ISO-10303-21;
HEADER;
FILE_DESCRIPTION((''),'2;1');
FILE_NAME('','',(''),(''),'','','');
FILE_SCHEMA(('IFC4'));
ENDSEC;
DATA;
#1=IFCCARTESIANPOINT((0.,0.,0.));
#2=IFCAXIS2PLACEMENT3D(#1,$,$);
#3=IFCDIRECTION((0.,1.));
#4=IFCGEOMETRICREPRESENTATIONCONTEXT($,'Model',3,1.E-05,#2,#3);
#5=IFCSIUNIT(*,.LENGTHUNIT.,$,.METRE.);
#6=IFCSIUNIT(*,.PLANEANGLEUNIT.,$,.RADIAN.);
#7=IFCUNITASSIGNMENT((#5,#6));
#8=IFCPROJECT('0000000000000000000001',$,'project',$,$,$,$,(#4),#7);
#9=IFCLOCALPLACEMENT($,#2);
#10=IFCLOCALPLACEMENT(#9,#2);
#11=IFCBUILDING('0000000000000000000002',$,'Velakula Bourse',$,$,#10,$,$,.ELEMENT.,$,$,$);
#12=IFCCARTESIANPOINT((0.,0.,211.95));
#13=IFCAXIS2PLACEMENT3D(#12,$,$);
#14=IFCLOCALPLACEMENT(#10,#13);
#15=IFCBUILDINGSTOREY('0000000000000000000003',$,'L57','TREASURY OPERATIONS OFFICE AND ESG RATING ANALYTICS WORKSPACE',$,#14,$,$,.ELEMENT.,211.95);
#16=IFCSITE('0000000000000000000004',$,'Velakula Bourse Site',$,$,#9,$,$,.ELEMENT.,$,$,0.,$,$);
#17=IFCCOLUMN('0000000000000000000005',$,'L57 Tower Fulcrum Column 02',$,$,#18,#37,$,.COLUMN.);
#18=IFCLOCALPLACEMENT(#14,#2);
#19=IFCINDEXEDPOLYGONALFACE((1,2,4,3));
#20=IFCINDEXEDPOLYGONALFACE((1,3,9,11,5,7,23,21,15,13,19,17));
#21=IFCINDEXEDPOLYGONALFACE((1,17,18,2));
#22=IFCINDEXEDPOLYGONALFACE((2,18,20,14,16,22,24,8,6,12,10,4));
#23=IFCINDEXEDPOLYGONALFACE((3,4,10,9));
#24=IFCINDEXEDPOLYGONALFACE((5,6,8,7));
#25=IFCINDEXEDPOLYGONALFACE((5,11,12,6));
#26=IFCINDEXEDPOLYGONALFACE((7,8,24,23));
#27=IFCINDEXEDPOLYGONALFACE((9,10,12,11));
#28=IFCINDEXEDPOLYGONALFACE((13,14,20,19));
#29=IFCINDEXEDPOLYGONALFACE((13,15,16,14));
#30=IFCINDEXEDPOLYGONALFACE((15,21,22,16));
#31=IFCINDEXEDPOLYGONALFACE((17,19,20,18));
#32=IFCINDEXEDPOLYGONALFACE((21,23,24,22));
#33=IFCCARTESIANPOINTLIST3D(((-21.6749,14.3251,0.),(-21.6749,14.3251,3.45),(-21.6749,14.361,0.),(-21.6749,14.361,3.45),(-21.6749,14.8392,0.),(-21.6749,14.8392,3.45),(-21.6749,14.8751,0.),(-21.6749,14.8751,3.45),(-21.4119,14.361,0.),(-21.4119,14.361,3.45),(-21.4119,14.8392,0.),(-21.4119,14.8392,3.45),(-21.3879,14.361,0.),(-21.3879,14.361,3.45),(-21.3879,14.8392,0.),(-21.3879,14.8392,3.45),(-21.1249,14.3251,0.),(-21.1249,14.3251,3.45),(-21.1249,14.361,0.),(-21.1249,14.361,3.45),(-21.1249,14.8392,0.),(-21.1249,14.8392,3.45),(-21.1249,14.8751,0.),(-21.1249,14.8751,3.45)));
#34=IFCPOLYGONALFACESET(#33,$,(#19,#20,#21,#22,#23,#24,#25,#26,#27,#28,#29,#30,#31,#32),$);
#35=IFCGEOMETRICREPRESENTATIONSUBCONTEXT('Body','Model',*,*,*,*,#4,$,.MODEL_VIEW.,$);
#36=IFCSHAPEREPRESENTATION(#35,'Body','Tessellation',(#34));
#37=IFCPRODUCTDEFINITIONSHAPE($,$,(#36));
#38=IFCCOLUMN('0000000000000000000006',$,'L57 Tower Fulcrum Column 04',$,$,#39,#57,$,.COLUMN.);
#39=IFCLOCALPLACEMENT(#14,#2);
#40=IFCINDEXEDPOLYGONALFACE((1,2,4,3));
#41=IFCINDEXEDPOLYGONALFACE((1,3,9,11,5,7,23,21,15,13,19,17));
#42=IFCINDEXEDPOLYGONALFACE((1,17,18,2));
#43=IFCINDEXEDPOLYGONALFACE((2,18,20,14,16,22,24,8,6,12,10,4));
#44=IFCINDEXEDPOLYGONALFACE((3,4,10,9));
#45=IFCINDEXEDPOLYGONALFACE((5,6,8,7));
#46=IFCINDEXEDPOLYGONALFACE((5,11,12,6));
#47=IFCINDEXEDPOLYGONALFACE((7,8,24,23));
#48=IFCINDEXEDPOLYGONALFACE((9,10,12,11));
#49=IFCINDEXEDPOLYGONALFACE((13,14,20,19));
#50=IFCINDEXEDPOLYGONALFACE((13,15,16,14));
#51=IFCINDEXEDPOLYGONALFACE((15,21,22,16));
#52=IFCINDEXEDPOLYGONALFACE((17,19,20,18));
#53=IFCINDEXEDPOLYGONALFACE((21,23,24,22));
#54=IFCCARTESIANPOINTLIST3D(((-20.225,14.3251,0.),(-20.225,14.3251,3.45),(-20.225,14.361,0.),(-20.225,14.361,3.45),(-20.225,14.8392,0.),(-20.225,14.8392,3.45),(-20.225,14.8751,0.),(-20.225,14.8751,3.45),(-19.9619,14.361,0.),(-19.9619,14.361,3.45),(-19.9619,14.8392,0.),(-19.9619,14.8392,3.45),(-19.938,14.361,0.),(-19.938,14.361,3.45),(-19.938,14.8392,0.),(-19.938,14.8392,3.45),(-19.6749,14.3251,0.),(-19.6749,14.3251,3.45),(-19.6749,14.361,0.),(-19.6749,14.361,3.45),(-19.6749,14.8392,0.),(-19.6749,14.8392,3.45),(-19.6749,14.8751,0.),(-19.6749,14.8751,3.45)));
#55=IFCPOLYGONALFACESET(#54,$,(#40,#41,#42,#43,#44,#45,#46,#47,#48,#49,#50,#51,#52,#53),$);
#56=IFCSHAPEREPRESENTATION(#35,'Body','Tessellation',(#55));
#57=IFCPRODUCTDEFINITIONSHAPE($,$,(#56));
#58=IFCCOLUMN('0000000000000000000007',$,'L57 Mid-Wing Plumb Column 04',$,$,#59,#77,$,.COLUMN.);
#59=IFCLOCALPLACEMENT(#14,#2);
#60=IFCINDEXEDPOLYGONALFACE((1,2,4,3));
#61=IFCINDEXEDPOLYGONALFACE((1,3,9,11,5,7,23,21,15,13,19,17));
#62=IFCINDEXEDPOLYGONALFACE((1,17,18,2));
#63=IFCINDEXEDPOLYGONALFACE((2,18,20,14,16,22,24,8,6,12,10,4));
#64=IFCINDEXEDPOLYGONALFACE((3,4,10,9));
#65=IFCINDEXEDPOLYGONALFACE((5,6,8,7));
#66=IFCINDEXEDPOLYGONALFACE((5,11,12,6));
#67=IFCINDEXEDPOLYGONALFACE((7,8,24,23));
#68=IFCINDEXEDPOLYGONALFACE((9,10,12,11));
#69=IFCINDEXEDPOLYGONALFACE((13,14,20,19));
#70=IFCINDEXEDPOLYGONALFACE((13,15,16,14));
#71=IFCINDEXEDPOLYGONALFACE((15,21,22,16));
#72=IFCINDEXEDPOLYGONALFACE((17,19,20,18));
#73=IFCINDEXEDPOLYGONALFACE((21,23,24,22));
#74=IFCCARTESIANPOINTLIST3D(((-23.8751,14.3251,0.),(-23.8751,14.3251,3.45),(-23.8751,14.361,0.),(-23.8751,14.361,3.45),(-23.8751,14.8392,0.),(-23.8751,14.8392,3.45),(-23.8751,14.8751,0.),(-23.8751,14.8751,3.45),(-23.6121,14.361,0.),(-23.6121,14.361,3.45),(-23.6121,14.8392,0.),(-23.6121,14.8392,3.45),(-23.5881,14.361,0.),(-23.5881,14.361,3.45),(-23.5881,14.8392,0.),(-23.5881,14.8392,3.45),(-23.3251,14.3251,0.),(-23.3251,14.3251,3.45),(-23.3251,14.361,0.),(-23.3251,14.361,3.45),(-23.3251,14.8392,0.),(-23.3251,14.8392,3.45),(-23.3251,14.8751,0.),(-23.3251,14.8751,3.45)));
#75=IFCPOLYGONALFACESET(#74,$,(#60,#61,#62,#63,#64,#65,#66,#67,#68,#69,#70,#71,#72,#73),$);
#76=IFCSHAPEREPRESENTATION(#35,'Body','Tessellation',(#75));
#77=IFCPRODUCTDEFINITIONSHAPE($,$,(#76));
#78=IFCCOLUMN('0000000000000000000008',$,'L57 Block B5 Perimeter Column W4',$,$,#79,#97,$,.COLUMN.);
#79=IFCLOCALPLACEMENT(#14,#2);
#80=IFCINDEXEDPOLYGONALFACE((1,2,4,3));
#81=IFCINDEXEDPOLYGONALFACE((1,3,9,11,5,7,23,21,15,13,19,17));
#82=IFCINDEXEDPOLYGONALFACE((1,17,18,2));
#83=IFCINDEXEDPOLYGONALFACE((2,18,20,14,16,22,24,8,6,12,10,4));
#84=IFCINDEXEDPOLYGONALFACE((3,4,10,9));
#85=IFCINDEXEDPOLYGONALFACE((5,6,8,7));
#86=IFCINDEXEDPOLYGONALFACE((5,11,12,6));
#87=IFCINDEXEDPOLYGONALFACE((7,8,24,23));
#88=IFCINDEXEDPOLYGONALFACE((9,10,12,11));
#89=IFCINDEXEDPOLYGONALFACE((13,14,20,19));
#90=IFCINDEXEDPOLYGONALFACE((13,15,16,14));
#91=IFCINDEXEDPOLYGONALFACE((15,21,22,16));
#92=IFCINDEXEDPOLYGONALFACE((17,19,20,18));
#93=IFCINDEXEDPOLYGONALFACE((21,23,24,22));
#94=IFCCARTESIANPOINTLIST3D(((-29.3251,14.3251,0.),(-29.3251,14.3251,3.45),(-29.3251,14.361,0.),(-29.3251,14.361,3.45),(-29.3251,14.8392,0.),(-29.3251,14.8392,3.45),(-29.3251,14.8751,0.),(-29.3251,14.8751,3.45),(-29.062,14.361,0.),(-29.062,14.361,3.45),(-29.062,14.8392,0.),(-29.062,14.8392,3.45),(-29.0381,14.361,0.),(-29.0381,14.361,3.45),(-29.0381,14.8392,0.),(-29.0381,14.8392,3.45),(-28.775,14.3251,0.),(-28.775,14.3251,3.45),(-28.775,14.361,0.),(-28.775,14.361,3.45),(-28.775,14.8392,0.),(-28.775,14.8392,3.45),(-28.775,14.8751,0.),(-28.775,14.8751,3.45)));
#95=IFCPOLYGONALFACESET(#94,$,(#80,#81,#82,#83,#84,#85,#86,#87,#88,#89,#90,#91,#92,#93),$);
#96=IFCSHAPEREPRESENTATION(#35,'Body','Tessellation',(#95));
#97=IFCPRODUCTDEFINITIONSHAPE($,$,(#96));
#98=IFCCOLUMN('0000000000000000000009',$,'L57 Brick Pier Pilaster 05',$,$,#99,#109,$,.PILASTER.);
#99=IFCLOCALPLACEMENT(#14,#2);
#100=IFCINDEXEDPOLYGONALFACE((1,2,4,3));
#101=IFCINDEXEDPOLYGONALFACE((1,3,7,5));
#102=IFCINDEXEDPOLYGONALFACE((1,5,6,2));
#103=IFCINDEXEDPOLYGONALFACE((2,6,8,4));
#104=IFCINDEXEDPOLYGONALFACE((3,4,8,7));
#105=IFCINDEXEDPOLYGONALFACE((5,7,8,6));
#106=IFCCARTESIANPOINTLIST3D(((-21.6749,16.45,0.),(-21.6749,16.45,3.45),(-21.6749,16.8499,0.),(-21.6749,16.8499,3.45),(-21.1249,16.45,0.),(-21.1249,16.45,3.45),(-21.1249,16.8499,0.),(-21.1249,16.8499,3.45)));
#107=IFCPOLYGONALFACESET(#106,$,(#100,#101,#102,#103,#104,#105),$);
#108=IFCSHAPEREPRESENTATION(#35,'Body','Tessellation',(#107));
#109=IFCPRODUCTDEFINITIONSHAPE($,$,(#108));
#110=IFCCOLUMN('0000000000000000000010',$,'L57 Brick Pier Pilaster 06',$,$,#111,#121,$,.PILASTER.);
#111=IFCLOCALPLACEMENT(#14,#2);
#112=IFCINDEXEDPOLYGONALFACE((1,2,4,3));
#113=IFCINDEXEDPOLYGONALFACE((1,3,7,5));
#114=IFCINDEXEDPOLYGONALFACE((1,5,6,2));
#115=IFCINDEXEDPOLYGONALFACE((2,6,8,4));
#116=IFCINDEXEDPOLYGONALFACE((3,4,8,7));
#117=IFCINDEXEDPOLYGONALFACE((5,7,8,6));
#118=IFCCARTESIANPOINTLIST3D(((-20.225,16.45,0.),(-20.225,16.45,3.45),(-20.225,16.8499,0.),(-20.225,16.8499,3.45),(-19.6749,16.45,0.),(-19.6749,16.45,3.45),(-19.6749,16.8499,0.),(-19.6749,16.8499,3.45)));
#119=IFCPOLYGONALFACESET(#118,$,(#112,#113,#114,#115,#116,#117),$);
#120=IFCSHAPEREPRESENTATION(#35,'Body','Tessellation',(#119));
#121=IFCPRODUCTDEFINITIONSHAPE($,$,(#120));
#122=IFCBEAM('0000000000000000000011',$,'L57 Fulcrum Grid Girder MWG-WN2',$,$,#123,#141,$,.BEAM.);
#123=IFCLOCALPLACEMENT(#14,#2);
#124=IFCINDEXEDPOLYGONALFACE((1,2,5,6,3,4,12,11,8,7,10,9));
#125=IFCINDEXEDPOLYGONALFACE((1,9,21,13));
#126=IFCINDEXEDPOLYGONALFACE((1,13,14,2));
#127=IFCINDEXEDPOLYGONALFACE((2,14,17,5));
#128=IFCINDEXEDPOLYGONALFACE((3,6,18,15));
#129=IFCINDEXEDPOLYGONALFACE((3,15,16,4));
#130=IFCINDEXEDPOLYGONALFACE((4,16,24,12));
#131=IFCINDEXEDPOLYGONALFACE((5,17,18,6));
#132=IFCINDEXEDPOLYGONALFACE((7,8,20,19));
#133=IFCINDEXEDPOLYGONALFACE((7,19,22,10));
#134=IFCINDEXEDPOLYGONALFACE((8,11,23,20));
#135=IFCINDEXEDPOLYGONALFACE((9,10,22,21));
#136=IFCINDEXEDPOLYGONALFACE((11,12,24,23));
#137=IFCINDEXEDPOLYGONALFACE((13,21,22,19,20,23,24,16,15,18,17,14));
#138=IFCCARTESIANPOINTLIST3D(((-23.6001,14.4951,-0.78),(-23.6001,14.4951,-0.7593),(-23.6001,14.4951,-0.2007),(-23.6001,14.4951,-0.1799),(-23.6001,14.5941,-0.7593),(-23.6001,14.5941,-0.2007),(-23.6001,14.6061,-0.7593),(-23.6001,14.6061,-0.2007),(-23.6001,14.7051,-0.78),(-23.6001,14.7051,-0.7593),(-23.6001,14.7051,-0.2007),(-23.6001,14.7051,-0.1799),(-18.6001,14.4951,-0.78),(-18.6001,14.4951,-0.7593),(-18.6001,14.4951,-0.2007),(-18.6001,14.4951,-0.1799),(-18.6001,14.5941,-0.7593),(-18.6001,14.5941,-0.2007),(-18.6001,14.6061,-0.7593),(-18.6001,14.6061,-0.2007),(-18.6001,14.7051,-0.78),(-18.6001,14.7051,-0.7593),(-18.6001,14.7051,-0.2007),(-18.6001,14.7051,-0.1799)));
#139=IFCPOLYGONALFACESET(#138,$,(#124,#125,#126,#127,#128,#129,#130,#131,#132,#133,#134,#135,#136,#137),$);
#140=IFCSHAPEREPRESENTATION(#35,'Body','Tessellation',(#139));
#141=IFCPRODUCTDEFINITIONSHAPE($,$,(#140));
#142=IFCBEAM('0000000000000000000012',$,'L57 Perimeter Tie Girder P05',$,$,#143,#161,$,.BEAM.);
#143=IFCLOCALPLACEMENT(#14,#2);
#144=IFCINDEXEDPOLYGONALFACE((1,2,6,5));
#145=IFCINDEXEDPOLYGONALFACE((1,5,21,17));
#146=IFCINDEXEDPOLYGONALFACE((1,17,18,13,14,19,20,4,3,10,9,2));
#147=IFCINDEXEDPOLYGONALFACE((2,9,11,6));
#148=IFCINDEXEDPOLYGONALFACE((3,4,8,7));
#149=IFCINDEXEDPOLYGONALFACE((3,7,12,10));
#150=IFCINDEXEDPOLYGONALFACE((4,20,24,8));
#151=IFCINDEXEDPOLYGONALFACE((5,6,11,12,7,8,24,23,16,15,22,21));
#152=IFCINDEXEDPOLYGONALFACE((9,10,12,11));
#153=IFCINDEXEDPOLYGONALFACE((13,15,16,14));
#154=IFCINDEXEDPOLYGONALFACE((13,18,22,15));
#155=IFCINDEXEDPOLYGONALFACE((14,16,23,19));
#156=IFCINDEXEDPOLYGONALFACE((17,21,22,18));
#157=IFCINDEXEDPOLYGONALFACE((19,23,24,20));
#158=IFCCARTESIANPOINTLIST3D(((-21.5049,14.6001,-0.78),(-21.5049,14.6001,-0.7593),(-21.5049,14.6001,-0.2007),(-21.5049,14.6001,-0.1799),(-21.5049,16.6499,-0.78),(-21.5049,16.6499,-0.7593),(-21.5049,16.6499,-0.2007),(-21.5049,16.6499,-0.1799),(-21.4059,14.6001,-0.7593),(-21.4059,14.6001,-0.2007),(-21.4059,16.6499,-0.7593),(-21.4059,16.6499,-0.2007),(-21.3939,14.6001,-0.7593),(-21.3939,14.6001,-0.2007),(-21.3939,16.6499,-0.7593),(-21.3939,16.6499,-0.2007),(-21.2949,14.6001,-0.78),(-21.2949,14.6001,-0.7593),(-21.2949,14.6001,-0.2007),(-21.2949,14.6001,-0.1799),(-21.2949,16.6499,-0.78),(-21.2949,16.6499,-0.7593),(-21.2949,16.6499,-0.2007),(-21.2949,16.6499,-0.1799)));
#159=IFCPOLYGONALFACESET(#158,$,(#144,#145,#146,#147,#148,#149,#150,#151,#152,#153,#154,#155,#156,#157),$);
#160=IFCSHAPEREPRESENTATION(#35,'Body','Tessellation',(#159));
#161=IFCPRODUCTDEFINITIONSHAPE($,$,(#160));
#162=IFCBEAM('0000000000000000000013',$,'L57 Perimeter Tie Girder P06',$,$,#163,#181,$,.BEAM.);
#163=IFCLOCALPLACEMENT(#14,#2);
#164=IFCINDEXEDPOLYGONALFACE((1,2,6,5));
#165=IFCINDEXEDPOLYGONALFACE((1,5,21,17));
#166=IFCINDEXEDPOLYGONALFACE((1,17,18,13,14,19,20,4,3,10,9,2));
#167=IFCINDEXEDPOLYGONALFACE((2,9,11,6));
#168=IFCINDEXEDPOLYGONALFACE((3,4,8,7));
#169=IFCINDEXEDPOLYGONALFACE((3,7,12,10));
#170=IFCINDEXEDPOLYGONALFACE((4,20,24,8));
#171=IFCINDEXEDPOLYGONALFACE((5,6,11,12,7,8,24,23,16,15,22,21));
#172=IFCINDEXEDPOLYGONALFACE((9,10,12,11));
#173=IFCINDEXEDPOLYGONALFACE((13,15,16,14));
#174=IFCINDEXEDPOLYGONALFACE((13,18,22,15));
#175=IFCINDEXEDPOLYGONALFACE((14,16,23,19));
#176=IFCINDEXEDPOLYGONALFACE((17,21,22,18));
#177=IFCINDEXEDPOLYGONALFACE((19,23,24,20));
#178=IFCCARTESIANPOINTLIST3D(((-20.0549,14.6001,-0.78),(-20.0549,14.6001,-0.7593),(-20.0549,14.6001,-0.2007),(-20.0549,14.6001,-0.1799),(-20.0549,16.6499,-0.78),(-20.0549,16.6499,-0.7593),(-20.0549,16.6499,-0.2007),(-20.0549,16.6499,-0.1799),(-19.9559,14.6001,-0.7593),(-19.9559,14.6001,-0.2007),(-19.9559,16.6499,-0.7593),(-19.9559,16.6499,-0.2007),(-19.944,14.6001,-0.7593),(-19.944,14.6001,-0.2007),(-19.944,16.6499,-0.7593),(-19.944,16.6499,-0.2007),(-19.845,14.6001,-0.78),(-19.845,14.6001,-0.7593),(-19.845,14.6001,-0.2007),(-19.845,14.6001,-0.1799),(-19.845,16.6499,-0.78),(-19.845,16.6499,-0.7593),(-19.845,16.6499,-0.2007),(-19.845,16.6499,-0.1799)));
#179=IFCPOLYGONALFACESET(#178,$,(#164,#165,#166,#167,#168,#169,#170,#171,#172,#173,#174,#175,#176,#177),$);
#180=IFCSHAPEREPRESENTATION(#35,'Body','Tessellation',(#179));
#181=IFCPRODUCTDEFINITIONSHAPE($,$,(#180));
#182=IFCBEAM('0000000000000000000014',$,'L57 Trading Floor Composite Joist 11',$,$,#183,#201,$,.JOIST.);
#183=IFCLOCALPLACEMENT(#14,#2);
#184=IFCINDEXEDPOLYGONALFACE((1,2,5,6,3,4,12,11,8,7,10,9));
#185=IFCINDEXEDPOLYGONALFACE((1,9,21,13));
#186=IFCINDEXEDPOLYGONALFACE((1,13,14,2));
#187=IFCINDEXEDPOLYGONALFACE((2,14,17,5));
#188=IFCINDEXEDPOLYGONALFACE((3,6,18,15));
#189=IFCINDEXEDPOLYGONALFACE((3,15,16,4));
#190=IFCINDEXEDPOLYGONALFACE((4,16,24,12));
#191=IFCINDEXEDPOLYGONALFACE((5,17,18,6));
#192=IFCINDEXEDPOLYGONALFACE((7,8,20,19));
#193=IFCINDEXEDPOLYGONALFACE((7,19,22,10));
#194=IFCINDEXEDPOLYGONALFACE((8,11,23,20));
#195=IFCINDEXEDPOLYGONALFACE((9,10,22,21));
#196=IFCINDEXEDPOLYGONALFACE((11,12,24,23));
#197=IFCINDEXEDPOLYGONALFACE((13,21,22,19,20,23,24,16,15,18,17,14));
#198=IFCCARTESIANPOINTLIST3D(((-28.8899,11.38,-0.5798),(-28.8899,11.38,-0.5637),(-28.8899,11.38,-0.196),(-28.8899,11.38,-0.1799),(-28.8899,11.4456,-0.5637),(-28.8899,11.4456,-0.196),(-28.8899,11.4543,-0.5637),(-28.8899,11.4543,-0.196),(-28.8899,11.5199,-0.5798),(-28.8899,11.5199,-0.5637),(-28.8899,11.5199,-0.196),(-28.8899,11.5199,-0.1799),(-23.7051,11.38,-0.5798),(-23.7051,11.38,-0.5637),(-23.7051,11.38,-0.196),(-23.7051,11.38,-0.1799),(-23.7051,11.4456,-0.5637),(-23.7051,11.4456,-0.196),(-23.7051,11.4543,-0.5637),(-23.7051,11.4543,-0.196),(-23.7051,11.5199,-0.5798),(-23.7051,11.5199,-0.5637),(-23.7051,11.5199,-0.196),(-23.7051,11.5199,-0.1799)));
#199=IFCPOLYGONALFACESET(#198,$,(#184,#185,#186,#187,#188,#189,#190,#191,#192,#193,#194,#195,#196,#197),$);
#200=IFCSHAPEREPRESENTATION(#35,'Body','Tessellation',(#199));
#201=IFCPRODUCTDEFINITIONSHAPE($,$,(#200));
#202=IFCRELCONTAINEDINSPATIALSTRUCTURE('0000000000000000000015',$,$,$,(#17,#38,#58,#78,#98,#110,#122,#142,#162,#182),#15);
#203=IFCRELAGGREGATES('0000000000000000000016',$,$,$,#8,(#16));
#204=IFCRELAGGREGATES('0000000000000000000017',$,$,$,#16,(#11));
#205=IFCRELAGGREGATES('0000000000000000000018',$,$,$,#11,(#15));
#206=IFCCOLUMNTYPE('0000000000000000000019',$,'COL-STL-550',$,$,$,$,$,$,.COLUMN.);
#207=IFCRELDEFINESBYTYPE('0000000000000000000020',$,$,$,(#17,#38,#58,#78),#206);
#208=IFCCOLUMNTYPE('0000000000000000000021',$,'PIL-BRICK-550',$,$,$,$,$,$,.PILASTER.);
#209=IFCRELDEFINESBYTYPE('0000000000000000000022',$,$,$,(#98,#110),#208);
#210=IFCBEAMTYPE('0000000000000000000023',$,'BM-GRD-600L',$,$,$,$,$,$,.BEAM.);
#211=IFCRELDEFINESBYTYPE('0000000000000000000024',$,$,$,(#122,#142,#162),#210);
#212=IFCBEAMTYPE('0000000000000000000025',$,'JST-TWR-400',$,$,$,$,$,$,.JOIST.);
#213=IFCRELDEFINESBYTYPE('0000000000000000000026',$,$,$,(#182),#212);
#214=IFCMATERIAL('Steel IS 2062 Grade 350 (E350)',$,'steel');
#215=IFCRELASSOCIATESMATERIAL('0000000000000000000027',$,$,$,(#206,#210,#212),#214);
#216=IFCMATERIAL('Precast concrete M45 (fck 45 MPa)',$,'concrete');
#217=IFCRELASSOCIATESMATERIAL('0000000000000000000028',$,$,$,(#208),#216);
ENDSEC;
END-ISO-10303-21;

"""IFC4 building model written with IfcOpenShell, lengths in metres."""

from ifc_helpers import new_model, si_unit, direction, frame, origin, origin_2d, place, context, subcontext, project, spatial, rectangle, i_section, extrude, material, material_profile, profile_set, type_object, element, save


model = new_model("IFC4")

# Units and contexts
model_context = context("Model", 3, precision=1e-05, world=origin(), true_north=direction((0.0, 1.0)))
body_context = subcontext(model_context, "Body", "Model", "MODEL_VIEW")
ifc_project = project(units=[si_unit("LENGTHUNIT", "METRE"), si_unit("PLANEANGLEUNIT", "RADIAN")], contexts=[model_context])

# Site, building, storey
site_placement = place(None, origin())
site = spatial("IfcSite", under=ifc_project, at=site_placement, Name="Velakula Bourse Site", CompositionType="ELEMENT", RefElevation=0.0)
building_placement = place(site_placement, origin())
building = spatial("IfcBuilding", under=site, at=building_placement, Name="Velakula Bourse", CompositionType="ELEMENT")
storey_placement = place(building_placement, frame((0.0, 0.0, 211.95)))
storey = spatial("IfcBuildingStorey", under=building, at=storey_placement, Name="L57", Description="TREASURY OPERATIONS OFFICE AND ESG RATING ANALYTICS WORKSPACE", CompositionType="ELEMENT", Elevation=211.95)

# Columns
ifc_material_1 = material(Name="Steel IS 2062 Grade 350 (E350)", Category="steel")
ifc_material_profile_1 = material_profile(ifc_material_1, i_section(OverallWidth=0.55, OverallDepth=0.55, WebThickness=0.0239, FlangeThickness=0.0359, at=origin_2d()), Name="Steel IS 2062 Grade 350 (E350)")
ifc_profile_set_1 = profile_set([ifc_material_profile_1], Name="Steel IS 2062 Grade 350 (E350)")
column_type_1 = type_object("IfcColumnType", Name="COL-STL-550", PredefinedType="COLUMN", material=ifc_profile_set_1)
for number, where, z_axis, x_axis, name in (
    (1, (-21.3999, 14.6001, 0.0), (0.0, 0.0, 1.0), (1.0, 0.0, 0.0), "L57 Tower Fulcrum Column 02"),
    (2, (-19.95, 14.6001, 0.0), (0.0, 0.0, 1.0), (1.0, 0.0, 0.0), "L57 Tower Fulcrum Column 04"),
    (3, (-23.6001, 14.6001, 0.0), (0.0, 0.0, 1.0), (1.0, 0.0, 0.0), "L57 Mid-Wing Plumb Column 04"),
    (4, (-29.05, 14.6001, 0.0), (0.0, 0.0, 1.0), (1.0, 0.0, 0.0), "L57 Block B5 Perimeter Column W4"),
):
    element("IfcColumn", number, at=place(storey_placement, frame(where, z_axis=z_axis, x_axis=x_axis)), inside=storey, type_object=column_type_1, Name=name, PredefinedType="COLUMN", context=body_context, shape_type="SweptSolid", body=[
        extrude(i_section(OverallWidth=0.55, OverallDepth=0.55, WebThickness=0.0239, FlangeThickness=0.0359, at=origin_2d()), origin(), (0.0, 0.0, 1.0), 3.45),
    ])
ifc_material_2 = material(Name="Precast concrete M45 (fck 45 MPa)", Category="concrete")
ifc_material_profile_2 = material_profile(ifc_material_2, rectangle(XDim=0.55, YDim=0.3999, at=origin_2d()), Name="Precast concrete M45 (fck 45 MPa)")
ifc_profile_set_2 = profile_set([ifc_material_profile_2], Name="Precast concrete M45 (fck 45 MPa)")
column_type_2 = type_object("IfcColumnType", Name="PIL-BRICK-550", PredefinedType="PILASTER", material=ifc_profile_set_2)
for number, where, z_axis, x_axis, name in (
    (5, (-21.3999, 16.6499, 0.0), (0.0, 0.0, 1.0), (1.0, 0.0, 0.0), "L57 Brick Pier Pilaster 05"),
    (6, (-19.95, 16.6499, 0.0), (0.0, 0.0, 1.0), (1.0, 0.0, 0.0), "L57 Brick Pier Pilaster 06"),
):
    element("IfcColumn", number, at=place(storey_placement, frame(where, z_axis=z_axis, x_axis=x_axis)), inside=storey, type_object=column_type_2, Name=name, PredefinedType="PILASTER", context=body_context, shape_type="SweptSolid", body=[
        extrude(rectangle(XDim=0.55, YDim=0.3999, at=origin_2d()), origin(), (0.0, 0.0, 1.0), 3.45),
    ])

# Beams
ifc_material_profile_3 = material_profile(ifc_material_1, i_section(OverallWidth=0.21, OverallDepth=0.6001, WebThickness=0.012, FlangeThickness=0.0208, at=origin_2d()), Name="Steel IS 2062 Grade 350 (E350)")
ifc_profile_set_3 = profile_set([ifc_material_profile_3], Name="Steel IS 2062 Grade 350 (E350)")
beam_type_1 = type_object("IfcBeamType", Name="BM-GRD-600L", PredefinedType="BEAM", material=ifc_profile_set_3)
beam_1_placement = place(storey_placement, frame((-23.6001, 14.6001, -0.48), z_axis=(1.0, 0.0, 0.0), x_axis=(0.0, 1.0, 0.0)))
element("IfcBeam", 7, at=beam_1_placement, inside=storey, type_object=beam_type_1, Name="L57 Fulcrum Grid Girder MWG-WN2", PredefinedType="BEAM", context=body_context, shape_type="SweptSolid", body=[
    extrude(i_section(OverallWidth=0.21, OverallDepth=0.6001, WebThickness=0.012, FlangeThickness=0.0208, at=origin_2d()), origin(), (0.0, 0.0, 1.0), 5.0),
])
for number, where, z_axis, x_axis, name in (
    (8, (-21.3999, 14.6001, -0.48), (0.0, 1.0, 0.0), (-1.0, 0.0, 0.0), "L57 Perimeter Tie Girder P05"),
    (9, (-19.95, 14.6001, -0.48), (0.0, 1.0, 0.0), (-1.0, 0.0, 0.0), "L57 Perimeter Tie Girder P06"),
):
    element("IfcBeam", number, at=place(storey_placement, frame(where, z_axis=z_axis, x_axis=x_axis)), inside=storey, type_object=beam_type_1, Name=name, PredefinedType="BEAM", context=body_context, shape_type="SweptSolid", body=[
        extrude(i_section(OverallWidth=0.21, OverallDepth=0.6001, WebThickness=0.012, FlangeThickness=0.0208, at=origin_2d()), origin(), (0.0, 0.0, 1.0), 2.0498),
    ])
ifc_material_profile_4 = material_profile(ifc_material_1, i_section(OverallWidth=0.1399, OverallDepth=0.3999, WebThickness=0.0088, FlangeThickness=0.0161, at=origin_2d()), Name="Steel IS 2062 Grade 350 (E350)")
ifc_profile_set_4 = profile_set([ifc_material_profile_4], Name="Steel IS 2062 Grade 350 (E350)")
beam_type_2 = type_object("IfcBeamType", Name="JST-TWR-400", PredefinedType="JOIST", material=ifc_profile_set_4)
beam_2_placement = place(storey_placement, frame((-28.8899, 11.45, -0.3799), z_axis=(1.0, 0.0, 0.0), x_axis=(0.0, 1.0, 0.0)))
element("IfcBeam", 10, at=beam_2_placement, inside=storey, type_object=beam_type_2, Name="L57 Trading Floor Composite Joist 11", PredefinedType="JOIST", context=body_context, shape_type="SweptSolid", body=[
    extrude(i_section(OverallWidth=0.1399, OverallDepth=0.3999, WebThickness=0.0088, FlangeThickness=0.0161, at=origin_2d()), origin(), (0.0, 0.0, 1.0), 5.1848),
])

save(model, "model.ifc")
